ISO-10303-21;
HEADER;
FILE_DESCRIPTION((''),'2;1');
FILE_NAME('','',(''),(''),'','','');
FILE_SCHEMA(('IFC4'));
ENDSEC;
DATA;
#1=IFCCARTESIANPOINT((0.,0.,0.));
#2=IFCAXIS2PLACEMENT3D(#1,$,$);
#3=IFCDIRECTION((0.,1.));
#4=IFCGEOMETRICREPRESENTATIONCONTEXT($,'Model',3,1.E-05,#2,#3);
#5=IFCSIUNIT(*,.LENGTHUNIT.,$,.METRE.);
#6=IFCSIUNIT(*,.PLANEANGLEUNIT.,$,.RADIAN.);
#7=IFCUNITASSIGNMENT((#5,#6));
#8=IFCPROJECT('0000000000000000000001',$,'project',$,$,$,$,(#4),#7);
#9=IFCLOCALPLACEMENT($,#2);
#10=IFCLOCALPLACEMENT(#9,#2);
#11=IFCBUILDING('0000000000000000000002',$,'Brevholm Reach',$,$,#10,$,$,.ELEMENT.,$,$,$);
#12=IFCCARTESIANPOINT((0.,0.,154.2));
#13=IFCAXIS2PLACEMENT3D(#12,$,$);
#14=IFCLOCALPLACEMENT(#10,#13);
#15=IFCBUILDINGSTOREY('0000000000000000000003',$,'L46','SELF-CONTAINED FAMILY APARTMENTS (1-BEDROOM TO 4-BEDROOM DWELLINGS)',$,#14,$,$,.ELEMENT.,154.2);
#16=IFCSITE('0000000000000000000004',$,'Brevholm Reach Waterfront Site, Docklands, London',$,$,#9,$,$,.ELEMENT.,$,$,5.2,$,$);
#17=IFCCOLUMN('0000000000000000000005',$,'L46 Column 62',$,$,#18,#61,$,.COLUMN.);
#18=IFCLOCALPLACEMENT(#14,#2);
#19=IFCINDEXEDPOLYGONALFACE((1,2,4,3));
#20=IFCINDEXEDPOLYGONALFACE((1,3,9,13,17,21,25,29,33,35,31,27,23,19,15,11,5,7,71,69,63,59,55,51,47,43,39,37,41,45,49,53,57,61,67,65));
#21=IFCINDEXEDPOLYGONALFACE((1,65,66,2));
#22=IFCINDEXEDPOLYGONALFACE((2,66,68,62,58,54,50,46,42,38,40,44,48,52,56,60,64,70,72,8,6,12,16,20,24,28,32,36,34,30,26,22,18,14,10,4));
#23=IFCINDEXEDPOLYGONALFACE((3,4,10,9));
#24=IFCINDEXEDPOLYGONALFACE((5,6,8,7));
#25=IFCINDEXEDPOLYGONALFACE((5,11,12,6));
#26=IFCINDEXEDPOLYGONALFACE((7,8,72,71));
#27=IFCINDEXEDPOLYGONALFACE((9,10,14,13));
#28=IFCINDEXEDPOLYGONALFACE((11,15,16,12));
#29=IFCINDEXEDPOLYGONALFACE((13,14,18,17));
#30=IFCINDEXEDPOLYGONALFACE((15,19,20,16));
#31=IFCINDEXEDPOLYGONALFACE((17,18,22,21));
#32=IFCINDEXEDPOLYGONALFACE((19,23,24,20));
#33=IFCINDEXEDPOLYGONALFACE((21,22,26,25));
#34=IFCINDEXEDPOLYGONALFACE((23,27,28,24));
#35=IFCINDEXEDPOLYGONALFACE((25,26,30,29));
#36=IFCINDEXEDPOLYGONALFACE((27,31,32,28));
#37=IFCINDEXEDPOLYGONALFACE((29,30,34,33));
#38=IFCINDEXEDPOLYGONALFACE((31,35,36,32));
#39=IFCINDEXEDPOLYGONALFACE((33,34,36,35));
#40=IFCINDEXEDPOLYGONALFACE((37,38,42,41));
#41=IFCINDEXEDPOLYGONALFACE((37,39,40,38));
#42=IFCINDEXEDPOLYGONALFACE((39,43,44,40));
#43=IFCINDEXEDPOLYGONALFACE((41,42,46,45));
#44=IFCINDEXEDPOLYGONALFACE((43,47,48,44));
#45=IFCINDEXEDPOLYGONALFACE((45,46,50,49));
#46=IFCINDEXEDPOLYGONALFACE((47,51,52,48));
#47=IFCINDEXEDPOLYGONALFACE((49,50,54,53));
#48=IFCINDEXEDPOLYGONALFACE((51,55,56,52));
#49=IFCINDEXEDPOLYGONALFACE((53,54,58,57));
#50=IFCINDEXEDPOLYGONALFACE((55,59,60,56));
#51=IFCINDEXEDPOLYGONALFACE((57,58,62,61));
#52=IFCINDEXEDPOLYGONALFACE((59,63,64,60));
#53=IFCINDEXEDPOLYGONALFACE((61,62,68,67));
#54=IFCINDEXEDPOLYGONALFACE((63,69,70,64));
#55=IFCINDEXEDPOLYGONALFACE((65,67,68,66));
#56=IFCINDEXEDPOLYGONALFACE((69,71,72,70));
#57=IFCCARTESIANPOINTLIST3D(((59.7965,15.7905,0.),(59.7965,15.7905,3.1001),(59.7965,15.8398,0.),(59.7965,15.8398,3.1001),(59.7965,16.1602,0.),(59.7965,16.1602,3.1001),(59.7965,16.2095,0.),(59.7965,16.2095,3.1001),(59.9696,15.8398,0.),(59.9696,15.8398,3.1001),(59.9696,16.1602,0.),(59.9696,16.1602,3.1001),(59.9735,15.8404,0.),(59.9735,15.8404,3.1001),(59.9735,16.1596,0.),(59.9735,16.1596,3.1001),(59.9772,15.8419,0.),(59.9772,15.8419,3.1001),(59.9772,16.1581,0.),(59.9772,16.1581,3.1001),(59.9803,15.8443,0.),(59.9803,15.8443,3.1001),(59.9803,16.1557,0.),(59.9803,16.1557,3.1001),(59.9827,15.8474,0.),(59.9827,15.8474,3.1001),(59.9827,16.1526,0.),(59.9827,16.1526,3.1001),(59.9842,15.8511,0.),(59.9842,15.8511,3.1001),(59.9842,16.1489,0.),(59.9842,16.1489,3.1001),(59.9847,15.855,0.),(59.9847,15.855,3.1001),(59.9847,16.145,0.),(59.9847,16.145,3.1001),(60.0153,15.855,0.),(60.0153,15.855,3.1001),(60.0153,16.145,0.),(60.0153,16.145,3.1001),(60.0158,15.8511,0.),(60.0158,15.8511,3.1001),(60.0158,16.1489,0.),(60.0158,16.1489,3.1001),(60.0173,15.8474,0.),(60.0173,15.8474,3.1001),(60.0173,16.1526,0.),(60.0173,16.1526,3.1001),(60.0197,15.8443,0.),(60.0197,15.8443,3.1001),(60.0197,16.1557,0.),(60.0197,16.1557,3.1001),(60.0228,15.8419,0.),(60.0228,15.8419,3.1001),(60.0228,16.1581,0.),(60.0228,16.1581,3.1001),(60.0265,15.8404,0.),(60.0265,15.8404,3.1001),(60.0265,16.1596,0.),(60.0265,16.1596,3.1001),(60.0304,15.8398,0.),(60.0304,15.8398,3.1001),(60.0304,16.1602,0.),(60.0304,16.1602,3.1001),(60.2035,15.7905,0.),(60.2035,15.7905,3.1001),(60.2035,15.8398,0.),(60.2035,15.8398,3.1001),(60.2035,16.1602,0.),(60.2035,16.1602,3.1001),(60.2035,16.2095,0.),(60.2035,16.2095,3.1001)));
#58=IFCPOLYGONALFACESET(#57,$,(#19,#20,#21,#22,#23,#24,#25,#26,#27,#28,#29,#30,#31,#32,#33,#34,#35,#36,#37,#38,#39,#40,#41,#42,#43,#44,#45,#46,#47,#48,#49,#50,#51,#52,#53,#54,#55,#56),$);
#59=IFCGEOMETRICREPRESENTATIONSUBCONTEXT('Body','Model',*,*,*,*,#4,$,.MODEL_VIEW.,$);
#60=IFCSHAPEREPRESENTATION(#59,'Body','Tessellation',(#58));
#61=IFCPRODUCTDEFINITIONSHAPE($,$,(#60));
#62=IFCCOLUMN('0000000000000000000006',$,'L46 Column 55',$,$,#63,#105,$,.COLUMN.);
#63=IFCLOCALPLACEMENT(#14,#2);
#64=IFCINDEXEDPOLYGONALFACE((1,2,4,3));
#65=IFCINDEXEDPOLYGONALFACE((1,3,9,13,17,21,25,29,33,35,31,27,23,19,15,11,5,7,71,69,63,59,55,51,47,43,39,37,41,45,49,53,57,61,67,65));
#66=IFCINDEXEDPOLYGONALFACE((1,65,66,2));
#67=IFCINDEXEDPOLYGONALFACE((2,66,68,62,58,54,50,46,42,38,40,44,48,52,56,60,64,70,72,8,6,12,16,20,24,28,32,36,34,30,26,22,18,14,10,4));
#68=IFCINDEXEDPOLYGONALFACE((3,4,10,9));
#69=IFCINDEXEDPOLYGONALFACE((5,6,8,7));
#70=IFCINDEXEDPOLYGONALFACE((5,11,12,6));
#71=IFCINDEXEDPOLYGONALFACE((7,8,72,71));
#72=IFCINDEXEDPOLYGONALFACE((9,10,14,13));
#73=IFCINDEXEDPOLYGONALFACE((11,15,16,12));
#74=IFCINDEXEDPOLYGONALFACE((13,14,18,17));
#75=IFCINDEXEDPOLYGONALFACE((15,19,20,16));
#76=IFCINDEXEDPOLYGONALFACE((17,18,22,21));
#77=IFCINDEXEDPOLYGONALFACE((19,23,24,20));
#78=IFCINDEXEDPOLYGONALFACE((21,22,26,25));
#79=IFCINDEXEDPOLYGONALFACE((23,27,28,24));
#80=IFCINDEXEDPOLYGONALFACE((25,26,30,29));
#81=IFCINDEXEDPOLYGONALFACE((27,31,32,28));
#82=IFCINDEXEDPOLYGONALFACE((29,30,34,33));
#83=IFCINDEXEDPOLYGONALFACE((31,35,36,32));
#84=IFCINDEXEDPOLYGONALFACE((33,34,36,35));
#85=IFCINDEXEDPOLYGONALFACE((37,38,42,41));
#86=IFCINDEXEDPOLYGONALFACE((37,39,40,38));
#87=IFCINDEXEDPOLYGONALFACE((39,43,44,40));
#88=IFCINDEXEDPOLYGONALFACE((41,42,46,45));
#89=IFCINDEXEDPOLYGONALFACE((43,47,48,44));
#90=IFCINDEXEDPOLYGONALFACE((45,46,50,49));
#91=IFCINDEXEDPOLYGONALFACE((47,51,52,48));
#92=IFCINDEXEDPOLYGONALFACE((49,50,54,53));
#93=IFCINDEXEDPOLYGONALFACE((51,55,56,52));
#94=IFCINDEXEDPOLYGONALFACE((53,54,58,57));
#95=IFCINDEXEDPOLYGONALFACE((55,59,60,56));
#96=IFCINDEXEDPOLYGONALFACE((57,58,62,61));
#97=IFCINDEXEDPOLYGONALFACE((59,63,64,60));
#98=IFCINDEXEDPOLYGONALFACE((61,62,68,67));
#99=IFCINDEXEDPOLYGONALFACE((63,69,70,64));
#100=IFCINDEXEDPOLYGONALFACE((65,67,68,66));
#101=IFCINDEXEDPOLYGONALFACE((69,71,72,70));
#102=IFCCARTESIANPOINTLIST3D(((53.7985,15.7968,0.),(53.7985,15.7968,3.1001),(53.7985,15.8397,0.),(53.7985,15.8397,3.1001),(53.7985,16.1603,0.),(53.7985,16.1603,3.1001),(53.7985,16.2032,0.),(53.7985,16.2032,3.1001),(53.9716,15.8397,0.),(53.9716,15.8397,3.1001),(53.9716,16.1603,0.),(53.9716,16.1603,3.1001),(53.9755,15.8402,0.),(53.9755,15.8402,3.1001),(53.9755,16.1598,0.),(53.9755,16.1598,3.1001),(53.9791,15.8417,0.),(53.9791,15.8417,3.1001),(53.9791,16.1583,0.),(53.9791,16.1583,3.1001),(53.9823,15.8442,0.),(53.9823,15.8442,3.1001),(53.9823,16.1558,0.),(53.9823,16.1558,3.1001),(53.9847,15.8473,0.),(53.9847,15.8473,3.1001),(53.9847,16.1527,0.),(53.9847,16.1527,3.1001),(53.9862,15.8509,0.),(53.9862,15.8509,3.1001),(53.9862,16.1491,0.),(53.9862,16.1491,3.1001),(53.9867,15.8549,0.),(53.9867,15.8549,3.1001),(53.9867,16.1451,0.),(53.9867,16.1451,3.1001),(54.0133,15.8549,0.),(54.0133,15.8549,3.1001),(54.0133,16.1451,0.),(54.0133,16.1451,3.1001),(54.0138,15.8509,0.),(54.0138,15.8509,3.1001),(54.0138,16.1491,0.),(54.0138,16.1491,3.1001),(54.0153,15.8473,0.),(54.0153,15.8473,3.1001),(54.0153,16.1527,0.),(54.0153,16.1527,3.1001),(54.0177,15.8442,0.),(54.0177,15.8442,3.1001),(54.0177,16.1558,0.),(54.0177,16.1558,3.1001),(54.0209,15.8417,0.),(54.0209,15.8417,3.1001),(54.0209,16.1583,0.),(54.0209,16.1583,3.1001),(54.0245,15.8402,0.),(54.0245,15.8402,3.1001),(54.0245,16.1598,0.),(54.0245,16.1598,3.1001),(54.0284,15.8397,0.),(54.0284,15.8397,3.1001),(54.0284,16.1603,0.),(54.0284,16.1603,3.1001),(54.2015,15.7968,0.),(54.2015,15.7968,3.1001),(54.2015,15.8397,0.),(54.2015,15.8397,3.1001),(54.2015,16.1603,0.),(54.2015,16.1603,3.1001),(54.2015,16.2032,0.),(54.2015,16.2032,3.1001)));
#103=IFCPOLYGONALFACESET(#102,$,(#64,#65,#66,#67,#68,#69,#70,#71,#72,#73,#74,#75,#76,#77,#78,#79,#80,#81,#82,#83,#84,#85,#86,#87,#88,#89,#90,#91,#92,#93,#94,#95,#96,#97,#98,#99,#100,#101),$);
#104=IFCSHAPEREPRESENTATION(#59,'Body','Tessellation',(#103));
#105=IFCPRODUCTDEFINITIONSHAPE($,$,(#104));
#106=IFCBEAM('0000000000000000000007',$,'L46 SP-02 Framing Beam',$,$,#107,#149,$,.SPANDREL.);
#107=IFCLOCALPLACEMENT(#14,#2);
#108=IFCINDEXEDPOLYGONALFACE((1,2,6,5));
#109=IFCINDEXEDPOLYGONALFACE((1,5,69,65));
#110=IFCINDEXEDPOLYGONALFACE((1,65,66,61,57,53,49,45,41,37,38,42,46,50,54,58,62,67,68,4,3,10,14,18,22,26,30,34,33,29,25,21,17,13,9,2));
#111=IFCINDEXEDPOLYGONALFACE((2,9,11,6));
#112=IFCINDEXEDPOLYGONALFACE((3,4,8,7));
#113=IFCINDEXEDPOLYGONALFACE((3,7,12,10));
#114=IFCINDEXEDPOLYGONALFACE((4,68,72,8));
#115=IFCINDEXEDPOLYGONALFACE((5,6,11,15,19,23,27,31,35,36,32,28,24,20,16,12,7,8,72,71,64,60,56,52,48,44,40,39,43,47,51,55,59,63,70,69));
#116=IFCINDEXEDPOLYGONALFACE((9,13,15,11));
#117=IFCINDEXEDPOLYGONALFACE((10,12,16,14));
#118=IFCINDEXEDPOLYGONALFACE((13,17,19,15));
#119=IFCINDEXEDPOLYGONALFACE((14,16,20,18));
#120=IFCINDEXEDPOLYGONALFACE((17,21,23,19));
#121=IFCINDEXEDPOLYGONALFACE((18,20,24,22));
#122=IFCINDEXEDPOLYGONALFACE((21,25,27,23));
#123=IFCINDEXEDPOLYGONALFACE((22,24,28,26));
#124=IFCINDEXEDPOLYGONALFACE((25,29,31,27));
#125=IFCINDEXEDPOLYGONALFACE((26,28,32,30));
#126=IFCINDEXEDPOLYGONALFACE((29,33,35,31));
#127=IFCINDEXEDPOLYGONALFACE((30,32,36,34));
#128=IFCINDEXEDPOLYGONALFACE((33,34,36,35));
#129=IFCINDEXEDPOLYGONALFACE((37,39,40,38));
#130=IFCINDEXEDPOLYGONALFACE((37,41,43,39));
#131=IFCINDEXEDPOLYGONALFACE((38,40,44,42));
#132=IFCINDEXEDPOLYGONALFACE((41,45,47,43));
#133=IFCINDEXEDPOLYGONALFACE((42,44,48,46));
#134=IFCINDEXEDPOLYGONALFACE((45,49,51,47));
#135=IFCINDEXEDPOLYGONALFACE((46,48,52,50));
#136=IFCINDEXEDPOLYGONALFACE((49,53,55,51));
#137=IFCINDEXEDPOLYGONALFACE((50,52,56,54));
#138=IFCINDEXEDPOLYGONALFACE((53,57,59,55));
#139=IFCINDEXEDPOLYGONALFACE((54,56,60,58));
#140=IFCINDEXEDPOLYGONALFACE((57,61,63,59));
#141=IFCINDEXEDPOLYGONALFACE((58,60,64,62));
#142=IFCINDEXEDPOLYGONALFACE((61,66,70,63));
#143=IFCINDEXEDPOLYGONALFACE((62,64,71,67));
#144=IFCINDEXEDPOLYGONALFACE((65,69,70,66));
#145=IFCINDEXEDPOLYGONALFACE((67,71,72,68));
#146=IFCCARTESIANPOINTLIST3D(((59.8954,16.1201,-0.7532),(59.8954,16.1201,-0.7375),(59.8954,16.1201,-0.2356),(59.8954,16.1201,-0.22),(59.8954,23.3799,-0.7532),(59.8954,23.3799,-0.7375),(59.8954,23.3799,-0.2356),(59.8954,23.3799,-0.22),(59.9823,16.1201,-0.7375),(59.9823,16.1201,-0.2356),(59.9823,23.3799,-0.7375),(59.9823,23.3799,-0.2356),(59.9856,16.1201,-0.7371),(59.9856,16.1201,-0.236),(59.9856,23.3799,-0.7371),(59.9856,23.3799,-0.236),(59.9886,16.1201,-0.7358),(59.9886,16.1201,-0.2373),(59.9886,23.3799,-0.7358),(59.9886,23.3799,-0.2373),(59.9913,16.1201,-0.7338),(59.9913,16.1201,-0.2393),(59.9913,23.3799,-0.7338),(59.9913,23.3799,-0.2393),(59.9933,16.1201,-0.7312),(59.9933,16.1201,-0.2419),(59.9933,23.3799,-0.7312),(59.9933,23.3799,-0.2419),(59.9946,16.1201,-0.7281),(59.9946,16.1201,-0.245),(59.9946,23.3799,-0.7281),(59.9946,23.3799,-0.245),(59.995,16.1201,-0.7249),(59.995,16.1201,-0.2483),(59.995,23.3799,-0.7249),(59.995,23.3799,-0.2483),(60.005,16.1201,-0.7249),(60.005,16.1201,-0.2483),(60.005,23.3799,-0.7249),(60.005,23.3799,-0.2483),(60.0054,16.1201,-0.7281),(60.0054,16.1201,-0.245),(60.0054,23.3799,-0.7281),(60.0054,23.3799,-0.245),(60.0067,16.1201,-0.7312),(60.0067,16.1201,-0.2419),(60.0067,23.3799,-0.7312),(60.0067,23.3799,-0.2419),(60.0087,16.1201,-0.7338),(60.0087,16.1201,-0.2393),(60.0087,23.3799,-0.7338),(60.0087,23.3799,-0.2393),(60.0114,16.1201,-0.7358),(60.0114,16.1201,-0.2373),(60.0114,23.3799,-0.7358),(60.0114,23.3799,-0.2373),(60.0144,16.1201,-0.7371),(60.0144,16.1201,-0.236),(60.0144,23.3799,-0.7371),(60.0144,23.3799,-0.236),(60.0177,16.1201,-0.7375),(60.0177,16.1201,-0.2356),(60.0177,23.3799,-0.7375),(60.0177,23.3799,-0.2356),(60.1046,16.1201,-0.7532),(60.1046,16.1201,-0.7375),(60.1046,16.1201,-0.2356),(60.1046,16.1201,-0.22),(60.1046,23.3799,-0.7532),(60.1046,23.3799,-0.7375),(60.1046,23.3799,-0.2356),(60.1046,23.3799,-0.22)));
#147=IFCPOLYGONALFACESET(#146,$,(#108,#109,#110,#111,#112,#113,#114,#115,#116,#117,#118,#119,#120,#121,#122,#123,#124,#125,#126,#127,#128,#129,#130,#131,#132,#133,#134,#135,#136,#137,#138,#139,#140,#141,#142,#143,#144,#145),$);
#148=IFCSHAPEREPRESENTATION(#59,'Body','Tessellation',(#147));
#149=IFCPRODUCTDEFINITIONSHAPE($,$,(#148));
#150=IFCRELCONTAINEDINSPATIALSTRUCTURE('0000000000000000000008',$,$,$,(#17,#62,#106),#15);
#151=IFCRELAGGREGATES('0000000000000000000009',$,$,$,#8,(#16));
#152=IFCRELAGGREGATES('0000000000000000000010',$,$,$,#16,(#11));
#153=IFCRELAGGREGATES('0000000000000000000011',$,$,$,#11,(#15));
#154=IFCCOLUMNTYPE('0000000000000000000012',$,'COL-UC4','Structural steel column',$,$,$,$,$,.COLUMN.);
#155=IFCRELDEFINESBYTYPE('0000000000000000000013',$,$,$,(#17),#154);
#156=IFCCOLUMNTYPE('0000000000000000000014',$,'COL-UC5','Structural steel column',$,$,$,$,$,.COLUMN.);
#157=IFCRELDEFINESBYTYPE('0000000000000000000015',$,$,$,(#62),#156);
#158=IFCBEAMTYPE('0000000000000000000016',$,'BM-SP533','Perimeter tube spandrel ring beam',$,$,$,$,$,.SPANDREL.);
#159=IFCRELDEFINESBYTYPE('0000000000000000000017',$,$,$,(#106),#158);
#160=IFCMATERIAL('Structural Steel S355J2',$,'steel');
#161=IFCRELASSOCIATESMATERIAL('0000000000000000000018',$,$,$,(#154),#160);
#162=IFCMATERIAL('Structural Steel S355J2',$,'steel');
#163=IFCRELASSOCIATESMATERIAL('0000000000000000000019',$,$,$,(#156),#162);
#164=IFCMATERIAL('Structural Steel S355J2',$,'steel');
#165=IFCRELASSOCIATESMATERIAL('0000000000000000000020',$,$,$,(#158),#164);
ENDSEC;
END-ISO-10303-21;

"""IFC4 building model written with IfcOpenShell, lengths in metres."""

from ifc_helpers import new_model, si_unit, direction, frame, origin, origin_2d, place, context, subcontext, project, spatial, i_section, extrude, material, material_profile, profile_set, type_object, element, save


model = new_model("IFC4")

# Units and contexts
model_context = context("Model", 3, precision=1e-05, world=origin(), true_north=direction((0.0, 1.0)))
body_context = subcontext(model_context, "Body", "Model", "MODEL_VIEW")
ifc_project = project(units=[si_unit("LENGTHUNIT", "METRE"), si_unit("PLANEANGLEUNIT", "RADIAN")], contexts=[model_context])

# Site, building, storey
site_placement = place(None, origin())
site = spatial("IfcSite", under=ifc_project, at=site_placement, Name="Brevholm Reach Waterfront Site, Docklands, London", CompositionType="ELEMENT", RefElevation=5.2)
building_placement = place(site_placement, origin())
building = spatial("IfcBuilding", under=site, at=building_placement, Name="Brevholm Reach", CompositionType="ELEMENT")
storey_placement = place(building_placement, frame((0.0, 0.0, 154.2)))
storey = spatial("IfcBuildingStorey", under=building, at=storey_placement, Name="L46", Description="SELF-CONTAINED FAMILY APARTMENTS (1-BEDROOM TO 4-BEDROOM DWELLINGS)", CompositionType="ELEMENT", Elevation=154.2)

# Columns
ifc_material_1 = material(Name="Structural Steel S355J2", Category="steel")
ifc_material_profile_1 = material_profile(ifc_material_1, i_section(OverallWidth=0.407, OverallDepth=0.4189, WebThickness=0.0305, FlangeThickness=0.0493, FilletRadius=0.0151, at=origin_2d()), Name="UKC 356x406x393")
ifc_profile_set_1 = profile_set([ifc_material_profile_1], Name="Structural Steel S355J2")
column_type_1 = type_object("IfcColumnType", Name="COL-UC4", Description="Structural steel column", PredefinedType="COLUMN", material=ifc_profile_set_1)
column_1_placement = place(storey_placement, frame((60.0, 16.0, 0.0), z_axis=(0.0, 0.0, 1.0), x_axis=(1.0, 0.0, 0.0)))
element("IfcColumn", 1, at=column_1_placement, inside=storey, type_object=column_type_1, Name="L46 Column 62", PredefinedType="COLUMN", context=body_context, shape_type="SweptSolid", body=[
    extrude(i_section(OverallWidth=0.407, OverallDepth=0.4189, WebThickness=0.0305, FlangeThickness=0.0493, FilletRadius=0.0151, at=origin_2d()), origin(), (0.0, 0.0, 1.0), 3.1001),
])
ifc_material_2 = material(Name="Structural Steel S355J2", Category="steel")
ifc_material_profile_2 = material_profile(ifc_material_2, i_section(OverallWidth=0.4031, OverallDepth=0.4065, WebThickness=0.0266, FlangeThickness=0.043, FilletRadius=0.0151, at=origin_2d()), Name="UKC 356x406x340")
ifc_profile_set_2 = profile_set([ifc_material_profile_2], Name="Structural Steel S355J2")
column_type_2 = type_object("IfcColumnType", Name="COL-UC5", Description="Structural steel column", PredefinedType="COLUMN", material=ifc_profile_set_2)
column_2_placement = place(storey_placement, frame((54.0, 16.0, 0.0), z_axis=(0.0, 0.0, 1.0), x_axis=(1.0, 0.0, 0.0)))
element("IfcColumn", 2, at=column_2_placement, inside=storey, type_object=column_type_2, Name="L46 Column 55", PredefinedType="COLUMN", context=body_context, shape_type="SweptSolid", body=[
    extrude(i_section(OverallWidth=0.4031, OverallDepth=0.4065, WebThickness=0.0266, FlangeThickness=0.043, FilletRadius=0.0151, at=origin_2d()), origin(), (0.0, 0.0, 1.0), 3.1001),
])

# Beam
ifc_material_3 = material(Name="Structural Steel S355J2", Category="steel")
ifc_material_profile_3 = material_profile(ifc_material_3, i_section(OverallWidth=0.2092, OverallDepth=0.5332, WebThickness=0.01, FlangeThickness=0.0156, FilletRadius=0.0127, at=origin_2d()), Name="UKB 533x210x92")
ifc_profile_set_3 = profile_set([ifc_material_profile_3], Name="Structural Steel S355J2")
beam_type_1 = type_object("IfcBeamType", Name="BM-SP533", Description="Perimeter tube spandrel ring beam", PredefinedType="SPANDREL", material=ifc_profile_set_3)
beam_placement = place(storey_placement, frame((60.0, 16.1201, -0.4866), z_axis=(0.0, 1.0, 0.0), x_axis=(-1.0, 0.0, 0.0)))
element("IfcBeam", 3, at=beam_placement, inside=storey, type_object=beam_type_1, Name="L46 SP-02 Framing Beam", PredefinedType="SPANDREL", context=body_context, shape_type="SweptSolid", body=[
    extrude(i_section(OverallWidth=0.2092, OverallDepth=0.5332, WebThickness=0.01, FlangeThickness=0.0156, FilletRadius=0.0127, at=origin_2d()), origin(), (0.0, 0.0, 1.0), 7.2598),
])

save(model, "model.ifc")
